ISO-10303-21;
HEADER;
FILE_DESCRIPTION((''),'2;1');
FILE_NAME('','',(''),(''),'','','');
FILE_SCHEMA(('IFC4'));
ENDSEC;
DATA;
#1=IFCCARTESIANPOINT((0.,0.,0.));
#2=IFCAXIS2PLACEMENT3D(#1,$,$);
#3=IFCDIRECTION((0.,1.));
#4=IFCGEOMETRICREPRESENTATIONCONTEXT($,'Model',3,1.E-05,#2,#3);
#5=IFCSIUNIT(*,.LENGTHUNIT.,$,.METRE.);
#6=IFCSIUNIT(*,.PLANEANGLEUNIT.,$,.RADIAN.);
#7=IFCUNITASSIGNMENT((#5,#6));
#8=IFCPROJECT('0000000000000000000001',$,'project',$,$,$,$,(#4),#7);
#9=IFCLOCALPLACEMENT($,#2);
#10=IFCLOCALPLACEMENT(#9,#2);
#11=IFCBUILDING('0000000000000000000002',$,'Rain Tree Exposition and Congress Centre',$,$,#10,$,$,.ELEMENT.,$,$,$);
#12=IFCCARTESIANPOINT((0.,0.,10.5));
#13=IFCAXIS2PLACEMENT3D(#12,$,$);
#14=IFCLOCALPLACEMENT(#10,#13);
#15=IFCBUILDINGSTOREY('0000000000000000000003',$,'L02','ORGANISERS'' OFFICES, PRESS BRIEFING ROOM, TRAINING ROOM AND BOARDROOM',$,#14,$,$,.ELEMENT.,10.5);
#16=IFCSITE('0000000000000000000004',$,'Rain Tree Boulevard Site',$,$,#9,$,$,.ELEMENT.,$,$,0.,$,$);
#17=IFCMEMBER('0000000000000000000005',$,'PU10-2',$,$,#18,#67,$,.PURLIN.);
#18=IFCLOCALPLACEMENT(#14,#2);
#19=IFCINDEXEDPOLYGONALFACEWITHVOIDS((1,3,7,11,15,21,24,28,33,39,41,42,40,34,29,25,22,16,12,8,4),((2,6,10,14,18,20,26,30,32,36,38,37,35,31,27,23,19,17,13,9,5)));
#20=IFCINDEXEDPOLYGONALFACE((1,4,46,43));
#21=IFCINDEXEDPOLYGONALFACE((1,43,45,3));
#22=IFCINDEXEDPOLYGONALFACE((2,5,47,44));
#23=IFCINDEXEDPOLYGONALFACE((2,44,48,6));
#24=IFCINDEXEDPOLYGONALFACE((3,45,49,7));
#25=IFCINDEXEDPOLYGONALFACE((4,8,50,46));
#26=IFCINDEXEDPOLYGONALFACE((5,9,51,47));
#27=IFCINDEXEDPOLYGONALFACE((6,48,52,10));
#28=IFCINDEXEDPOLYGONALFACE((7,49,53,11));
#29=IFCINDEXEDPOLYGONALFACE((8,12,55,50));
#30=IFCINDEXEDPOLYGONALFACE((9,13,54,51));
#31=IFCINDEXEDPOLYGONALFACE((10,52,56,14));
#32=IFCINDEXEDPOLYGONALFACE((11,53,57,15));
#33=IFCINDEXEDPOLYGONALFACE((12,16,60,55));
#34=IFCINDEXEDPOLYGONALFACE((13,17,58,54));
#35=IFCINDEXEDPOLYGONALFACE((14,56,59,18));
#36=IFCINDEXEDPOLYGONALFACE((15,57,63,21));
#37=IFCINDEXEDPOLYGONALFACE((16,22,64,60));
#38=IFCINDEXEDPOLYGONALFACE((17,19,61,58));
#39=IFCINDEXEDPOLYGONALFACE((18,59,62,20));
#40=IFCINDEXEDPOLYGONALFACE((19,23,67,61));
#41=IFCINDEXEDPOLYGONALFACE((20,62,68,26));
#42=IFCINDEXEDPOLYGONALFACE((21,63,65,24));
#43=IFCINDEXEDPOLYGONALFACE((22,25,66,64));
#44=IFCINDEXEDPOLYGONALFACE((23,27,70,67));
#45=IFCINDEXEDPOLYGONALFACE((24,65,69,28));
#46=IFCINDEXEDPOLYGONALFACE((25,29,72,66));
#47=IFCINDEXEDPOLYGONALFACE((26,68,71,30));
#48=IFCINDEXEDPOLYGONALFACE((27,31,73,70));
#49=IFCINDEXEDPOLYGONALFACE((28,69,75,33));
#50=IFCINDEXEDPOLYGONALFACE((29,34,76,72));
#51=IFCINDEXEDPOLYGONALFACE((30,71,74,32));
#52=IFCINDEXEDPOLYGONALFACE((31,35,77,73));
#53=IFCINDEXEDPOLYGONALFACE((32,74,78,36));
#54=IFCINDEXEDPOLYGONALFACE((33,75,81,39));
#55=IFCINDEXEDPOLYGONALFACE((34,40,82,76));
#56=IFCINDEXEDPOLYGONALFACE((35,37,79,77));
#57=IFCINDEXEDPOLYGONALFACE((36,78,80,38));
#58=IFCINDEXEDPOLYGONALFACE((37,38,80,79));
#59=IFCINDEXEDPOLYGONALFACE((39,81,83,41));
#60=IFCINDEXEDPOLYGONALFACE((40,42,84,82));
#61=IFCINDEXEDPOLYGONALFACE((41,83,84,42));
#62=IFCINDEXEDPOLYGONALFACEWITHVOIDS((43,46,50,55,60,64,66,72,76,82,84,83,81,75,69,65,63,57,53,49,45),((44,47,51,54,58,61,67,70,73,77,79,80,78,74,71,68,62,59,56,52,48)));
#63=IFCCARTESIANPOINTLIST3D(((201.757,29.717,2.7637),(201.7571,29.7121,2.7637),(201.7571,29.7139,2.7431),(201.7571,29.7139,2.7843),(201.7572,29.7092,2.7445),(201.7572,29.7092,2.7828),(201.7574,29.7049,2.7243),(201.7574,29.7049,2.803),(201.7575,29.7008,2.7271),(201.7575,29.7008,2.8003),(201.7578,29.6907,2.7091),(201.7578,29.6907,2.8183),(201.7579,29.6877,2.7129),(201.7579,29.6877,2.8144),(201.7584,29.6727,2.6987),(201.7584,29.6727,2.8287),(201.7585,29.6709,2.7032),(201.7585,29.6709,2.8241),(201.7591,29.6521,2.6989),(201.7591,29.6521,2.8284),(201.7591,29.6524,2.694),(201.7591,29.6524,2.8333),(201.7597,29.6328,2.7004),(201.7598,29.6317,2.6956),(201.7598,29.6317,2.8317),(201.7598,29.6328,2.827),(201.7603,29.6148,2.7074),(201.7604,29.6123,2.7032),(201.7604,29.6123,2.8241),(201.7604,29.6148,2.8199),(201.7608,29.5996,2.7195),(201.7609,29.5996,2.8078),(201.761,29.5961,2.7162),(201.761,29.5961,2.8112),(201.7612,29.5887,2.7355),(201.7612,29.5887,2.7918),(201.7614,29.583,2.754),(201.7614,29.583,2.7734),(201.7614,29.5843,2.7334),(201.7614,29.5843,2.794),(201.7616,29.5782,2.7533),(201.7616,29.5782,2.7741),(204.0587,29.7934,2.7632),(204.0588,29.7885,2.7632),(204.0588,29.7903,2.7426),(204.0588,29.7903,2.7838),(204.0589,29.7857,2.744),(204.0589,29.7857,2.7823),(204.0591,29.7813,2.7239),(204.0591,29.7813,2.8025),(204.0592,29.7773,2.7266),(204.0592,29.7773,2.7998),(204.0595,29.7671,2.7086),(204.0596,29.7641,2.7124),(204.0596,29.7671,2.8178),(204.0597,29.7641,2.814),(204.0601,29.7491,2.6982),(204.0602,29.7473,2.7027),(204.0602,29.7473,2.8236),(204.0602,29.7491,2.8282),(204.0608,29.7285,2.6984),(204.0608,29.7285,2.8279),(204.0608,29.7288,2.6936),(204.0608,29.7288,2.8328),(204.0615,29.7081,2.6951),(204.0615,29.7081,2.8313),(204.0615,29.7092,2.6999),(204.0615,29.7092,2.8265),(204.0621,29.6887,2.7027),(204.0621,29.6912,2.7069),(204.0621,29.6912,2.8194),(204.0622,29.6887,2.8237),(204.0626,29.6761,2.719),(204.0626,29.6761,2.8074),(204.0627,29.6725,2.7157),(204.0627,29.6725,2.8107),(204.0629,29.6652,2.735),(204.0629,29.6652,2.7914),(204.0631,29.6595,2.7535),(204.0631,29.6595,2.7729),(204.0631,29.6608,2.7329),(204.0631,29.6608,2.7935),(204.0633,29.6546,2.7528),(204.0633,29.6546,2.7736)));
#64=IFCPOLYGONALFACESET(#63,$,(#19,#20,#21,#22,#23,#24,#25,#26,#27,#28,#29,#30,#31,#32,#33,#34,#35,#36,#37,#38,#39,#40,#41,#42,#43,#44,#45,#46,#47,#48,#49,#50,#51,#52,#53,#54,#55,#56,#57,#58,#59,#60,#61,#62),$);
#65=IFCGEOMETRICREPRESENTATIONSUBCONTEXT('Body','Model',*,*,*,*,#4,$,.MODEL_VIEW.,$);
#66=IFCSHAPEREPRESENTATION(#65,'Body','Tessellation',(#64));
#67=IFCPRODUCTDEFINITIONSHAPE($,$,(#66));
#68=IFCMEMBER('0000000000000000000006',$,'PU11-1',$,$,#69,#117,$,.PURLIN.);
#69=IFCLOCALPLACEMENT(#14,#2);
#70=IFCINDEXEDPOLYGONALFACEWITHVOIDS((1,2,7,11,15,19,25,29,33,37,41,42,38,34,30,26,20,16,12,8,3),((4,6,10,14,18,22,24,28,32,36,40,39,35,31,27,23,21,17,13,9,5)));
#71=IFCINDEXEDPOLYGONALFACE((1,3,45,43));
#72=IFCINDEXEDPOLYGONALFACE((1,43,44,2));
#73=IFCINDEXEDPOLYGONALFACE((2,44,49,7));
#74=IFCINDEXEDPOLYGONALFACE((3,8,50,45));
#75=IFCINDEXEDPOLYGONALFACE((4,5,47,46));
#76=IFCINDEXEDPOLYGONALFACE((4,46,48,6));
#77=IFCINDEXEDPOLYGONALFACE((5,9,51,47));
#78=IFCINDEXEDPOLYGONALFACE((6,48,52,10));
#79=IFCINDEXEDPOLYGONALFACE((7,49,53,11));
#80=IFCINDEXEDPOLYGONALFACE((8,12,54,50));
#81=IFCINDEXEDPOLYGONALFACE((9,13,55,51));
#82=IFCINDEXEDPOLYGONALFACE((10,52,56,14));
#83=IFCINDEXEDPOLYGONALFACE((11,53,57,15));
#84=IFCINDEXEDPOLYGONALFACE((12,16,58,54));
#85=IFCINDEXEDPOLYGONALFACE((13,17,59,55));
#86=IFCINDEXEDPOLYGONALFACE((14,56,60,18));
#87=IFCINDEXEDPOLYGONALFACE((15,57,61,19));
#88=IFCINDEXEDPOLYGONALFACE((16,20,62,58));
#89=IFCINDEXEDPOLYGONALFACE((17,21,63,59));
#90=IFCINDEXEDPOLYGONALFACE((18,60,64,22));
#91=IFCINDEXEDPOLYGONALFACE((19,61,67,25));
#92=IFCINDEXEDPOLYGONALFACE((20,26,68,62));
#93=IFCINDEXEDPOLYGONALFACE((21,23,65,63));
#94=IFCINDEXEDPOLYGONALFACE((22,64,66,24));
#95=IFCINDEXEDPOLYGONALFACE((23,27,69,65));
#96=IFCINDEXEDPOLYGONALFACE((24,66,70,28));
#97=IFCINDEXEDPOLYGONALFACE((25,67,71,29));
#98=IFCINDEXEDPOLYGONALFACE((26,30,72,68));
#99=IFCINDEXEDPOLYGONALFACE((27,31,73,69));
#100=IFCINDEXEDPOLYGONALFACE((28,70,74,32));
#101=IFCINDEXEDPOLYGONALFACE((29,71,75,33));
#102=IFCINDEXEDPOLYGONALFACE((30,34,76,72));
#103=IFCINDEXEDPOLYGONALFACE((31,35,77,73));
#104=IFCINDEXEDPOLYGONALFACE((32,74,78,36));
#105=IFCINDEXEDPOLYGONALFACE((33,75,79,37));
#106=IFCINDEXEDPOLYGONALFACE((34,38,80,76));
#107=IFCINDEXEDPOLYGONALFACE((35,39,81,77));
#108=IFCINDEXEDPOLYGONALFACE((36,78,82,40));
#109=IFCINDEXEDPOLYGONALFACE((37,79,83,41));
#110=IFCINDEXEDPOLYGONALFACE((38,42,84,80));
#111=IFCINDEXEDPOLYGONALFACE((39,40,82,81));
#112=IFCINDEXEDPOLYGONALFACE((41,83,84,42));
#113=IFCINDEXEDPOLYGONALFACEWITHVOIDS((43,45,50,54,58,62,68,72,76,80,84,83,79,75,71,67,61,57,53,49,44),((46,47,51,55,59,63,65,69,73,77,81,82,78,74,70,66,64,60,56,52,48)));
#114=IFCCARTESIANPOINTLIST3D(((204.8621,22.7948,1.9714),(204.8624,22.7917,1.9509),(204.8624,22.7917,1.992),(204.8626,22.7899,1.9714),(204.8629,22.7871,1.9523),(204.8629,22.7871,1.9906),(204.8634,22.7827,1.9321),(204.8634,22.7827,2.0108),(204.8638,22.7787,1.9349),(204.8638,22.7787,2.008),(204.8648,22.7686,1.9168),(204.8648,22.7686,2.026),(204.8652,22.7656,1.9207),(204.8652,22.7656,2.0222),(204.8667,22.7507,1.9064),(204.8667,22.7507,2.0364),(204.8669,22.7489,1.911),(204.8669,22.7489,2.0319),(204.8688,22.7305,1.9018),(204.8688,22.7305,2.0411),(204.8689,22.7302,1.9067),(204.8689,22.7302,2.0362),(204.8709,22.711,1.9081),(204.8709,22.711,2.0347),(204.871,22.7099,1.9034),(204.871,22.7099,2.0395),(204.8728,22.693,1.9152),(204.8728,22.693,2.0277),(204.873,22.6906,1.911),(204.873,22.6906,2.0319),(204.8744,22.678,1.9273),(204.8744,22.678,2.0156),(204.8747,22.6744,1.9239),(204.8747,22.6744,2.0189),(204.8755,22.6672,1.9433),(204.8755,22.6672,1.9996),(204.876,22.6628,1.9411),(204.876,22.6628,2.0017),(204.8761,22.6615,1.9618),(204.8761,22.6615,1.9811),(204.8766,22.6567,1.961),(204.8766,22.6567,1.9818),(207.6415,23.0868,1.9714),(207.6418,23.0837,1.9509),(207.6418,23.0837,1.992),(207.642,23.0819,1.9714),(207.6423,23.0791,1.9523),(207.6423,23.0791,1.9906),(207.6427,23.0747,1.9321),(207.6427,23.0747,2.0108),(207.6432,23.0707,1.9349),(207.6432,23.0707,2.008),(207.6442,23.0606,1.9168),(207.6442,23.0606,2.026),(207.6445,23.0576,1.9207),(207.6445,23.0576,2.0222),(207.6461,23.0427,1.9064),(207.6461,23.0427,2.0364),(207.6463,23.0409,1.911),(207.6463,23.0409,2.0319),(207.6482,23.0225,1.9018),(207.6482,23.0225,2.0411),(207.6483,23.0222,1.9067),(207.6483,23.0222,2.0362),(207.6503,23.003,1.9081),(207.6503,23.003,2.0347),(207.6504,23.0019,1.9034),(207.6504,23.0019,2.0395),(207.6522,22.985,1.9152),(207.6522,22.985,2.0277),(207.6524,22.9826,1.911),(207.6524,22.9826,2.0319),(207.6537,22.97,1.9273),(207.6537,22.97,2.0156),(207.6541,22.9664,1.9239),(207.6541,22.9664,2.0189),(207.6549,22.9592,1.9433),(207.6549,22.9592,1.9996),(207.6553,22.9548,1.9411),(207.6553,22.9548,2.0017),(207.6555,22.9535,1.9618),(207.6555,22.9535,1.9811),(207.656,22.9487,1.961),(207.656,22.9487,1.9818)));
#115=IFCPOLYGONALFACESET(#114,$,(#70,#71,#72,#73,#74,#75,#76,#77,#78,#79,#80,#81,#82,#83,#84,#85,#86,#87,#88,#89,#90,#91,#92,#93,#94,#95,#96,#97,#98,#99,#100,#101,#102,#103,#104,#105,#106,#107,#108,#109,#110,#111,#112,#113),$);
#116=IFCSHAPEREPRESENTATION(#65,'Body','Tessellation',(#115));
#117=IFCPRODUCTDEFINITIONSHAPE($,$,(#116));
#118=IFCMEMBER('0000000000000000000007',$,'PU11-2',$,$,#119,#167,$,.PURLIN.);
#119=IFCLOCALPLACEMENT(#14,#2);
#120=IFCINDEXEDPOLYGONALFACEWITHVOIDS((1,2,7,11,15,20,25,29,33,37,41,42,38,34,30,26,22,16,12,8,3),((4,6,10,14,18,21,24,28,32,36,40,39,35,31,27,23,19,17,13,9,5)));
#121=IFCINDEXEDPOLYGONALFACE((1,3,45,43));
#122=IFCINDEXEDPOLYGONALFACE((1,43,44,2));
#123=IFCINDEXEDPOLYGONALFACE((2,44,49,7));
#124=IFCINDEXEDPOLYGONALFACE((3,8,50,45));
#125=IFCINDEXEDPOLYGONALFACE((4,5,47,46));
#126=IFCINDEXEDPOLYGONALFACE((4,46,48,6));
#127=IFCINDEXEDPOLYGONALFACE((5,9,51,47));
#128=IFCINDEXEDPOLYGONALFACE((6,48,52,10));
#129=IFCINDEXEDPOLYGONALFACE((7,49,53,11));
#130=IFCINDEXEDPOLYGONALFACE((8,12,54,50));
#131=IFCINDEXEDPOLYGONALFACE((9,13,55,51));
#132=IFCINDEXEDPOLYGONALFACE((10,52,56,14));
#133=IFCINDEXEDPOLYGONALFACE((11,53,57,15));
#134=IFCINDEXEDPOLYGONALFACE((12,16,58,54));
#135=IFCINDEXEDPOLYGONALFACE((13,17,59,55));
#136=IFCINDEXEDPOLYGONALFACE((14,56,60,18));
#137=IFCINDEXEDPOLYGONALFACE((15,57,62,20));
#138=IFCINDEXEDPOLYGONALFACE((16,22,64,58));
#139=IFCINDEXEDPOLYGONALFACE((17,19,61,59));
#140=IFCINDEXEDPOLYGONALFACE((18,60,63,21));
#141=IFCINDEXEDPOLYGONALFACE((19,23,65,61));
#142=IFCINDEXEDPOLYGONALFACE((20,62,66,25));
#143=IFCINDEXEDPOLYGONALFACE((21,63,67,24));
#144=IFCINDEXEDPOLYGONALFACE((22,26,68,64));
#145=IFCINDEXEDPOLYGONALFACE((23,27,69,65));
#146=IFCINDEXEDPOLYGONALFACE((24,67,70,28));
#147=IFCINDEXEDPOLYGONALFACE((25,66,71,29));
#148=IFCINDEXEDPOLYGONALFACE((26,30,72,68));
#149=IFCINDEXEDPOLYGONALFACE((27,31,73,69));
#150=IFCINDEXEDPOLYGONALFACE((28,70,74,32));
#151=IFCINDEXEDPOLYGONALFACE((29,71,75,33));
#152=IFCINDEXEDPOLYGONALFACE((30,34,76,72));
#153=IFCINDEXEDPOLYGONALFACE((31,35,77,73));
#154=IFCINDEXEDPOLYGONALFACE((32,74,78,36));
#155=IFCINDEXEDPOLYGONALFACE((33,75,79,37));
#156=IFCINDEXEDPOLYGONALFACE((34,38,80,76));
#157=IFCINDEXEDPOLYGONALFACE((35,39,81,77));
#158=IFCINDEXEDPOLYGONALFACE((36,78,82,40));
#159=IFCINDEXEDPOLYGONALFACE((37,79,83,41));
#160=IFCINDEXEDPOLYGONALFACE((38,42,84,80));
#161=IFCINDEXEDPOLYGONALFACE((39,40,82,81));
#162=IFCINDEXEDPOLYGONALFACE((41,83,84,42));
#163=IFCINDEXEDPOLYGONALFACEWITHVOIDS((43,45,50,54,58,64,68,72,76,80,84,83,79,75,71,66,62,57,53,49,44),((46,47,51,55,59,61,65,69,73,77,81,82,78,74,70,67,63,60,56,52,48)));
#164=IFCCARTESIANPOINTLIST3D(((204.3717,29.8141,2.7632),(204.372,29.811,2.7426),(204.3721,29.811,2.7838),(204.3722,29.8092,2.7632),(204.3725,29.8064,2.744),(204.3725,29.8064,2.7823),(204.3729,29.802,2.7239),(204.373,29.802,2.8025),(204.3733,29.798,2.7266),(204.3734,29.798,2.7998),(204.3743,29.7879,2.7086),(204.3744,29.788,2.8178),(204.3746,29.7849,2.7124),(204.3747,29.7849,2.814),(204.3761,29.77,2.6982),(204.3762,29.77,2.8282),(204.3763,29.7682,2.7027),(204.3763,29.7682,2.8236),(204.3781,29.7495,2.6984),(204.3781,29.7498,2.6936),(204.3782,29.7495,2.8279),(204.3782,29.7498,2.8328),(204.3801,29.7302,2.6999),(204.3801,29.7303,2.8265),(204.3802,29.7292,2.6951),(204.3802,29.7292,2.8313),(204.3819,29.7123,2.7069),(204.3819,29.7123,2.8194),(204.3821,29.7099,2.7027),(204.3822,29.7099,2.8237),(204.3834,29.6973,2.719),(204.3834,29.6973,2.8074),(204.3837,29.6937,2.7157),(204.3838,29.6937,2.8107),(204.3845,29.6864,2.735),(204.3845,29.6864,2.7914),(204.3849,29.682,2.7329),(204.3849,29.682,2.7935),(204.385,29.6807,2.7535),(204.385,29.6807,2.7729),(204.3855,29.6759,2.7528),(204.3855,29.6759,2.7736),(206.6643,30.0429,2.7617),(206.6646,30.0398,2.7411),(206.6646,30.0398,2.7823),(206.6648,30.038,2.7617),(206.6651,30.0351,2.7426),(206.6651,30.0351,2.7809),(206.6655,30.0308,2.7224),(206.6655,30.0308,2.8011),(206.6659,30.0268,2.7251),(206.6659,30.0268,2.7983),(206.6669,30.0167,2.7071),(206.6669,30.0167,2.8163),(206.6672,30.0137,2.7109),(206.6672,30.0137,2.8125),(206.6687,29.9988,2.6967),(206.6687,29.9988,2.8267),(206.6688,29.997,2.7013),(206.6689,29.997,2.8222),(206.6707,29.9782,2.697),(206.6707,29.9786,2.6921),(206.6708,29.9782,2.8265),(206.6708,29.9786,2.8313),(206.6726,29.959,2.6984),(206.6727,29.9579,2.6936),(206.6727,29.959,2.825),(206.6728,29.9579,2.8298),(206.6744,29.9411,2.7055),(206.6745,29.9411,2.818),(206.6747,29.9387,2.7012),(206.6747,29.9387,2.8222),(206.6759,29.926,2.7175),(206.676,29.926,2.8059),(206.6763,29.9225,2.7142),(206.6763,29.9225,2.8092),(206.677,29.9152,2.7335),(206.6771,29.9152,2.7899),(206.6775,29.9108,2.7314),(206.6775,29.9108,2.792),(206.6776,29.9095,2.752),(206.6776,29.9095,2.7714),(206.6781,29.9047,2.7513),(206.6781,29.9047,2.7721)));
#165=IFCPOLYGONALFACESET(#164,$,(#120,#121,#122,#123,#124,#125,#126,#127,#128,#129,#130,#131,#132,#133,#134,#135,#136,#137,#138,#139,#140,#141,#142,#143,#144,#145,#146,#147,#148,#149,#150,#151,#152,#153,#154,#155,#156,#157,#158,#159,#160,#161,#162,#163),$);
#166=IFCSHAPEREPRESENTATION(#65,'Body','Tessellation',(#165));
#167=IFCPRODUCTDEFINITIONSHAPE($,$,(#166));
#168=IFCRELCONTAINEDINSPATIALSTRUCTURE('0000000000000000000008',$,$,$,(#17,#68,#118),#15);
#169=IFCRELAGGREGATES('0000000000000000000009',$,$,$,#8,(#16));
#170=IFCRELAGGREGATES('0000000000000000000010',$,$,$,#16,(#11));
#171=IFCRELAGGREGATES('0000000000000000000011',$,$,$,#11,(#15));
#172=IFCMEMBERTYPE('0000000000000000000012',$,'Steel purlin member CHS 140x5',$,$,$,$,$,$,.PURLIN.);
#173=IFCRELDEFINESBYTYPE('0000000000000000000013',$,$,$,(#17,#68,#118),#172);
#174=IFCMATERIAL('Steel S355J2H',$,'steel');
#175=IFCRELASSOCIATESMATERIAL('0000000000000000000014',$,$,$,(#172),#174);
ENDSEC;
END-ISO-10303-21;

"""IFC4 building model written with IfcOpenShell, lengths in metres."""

from ifc_helpers import new_model, si_unit, direction, frame, origin, origin_2d, place, context, subcontext, project, spatial, hollow_circle, extrude, material, material_profile, profile_set, type_object, element, save


model = new_model("IFC4")

# Units and contexts
model_context = context("Model", 3, precision=1e-05, world=origin(), true_north=direction((0.0, 1.0)))
body_context = subcontext(model_context, "Body", "Model", "MODEL_VIEW")
ifc_project = project(units=[si_unit("LENGTHUNIT", "METRE"), si_unit("PLANEANGLEUNIT", "RADIAN")], contexts=[model_context])

# Site, building, storey
site_placement = place(None, origin())
site = spatial("IfcSite", under=ifc_project, at=site_placement, Name="Rain Tree Boulevard Site", CompositionType="ELEMENT", RefElevation=0.0)
building_placement = place(site_placement, origin())
building = spatial("IfcBuilding", under=site, at=building_placement, Name="Rain Tree Exposition and Congress Centre", CompositionType="ELEMENT")
storey_placement = place(building_placement, frame((0.0, 0.0, 10.5)))
storey = spatial("IfcBuildingStorey", under=building, at=storey_placement, Name="L02", Description="ORGANISERS' OFFICES, PRESS BRIEFING ROOM, TRAINING ROOM AND BOARDROOM", CompositionType="ELEMENT", Elevation=10.5)

# Members
ifc_material_1 = material(Name="Steel S355J2H", Category="steel")
ifc_material_profile_1 = material_profile(ifc_material_1, hollow_circle(Radius=0.0698, WallThickness=0.0049, at=origin_2d()), Name="CHS 140x5")
ifc_profile_set_1 = profile_set([ifc_material_profile_1], Name="Steel S355J2H")
member_type_1 = type_object("IfcMemberType", Name="Steel purlin member CHS 140x5", PredefinedType="PURLIN", material=ifc_profile_set_1)
member_1_placement = place(storey_placement, frame((201.7593, 29.6472, 2.7637), z_axis=(0.999449, 0.033181, -0.000212), x_axis=(-0.033181, 0.999449, 0.0)))
element("IfcMember", 1, at=member_1_placement, inside=storey, type_object=member_type_1, Name="PU10-2", PredefinedType="PURLIN", context=body_context, shape_type="SweptSolid", body=[
    extrude(hollow_circle(Radius=0.0698, WallThickness=0.0049, at=origin_2d()), origin(), (0.0, 0.0, 1.0), 2.303),
])
member_2_placement = place(storey_placement, frame((204.8694, 22.7253, 1.9714), z_axis=(0.994526, 0.104485, 0.0), x_axis=(-0.104485, 0.994526, 0.0)))
element("IfcMember", 2, at=member_2_placement, inside=storey, type_object=member_type_1, Name="PU11-1", PredefinedType="PURLIN", context=body_context, shape_type="SweptSolid", body=[
    extrude(hollow_circle(Radius=0.0698, WallThickness=0.0049, at=origin_2d()), origin(), (0.0, 0.0, 1.0), 2.7947),
])
member_3_placement = place(storey_placement, frame((204.3787, 29.7446, 2.7632), z_axis=(0.995058, 0.099294, -0.000636), x_axis=(-0.099294, 0.995058, 0.0)))
element("IfcMember", 3, at=member_3_placement, inside=storey, type_object=member_type_1, Name="PU11-2", PredefinedType="PURLIN", context=body_context, shape_type="SweptSolid", body=[
    extrude(hollow_circle(Radius=0.0698, WallThickness=0.0049, at=origin_2d()), origin(), (0.0, 0.0, 1.0), 2.304),
])

save(model, "model.ifc")
